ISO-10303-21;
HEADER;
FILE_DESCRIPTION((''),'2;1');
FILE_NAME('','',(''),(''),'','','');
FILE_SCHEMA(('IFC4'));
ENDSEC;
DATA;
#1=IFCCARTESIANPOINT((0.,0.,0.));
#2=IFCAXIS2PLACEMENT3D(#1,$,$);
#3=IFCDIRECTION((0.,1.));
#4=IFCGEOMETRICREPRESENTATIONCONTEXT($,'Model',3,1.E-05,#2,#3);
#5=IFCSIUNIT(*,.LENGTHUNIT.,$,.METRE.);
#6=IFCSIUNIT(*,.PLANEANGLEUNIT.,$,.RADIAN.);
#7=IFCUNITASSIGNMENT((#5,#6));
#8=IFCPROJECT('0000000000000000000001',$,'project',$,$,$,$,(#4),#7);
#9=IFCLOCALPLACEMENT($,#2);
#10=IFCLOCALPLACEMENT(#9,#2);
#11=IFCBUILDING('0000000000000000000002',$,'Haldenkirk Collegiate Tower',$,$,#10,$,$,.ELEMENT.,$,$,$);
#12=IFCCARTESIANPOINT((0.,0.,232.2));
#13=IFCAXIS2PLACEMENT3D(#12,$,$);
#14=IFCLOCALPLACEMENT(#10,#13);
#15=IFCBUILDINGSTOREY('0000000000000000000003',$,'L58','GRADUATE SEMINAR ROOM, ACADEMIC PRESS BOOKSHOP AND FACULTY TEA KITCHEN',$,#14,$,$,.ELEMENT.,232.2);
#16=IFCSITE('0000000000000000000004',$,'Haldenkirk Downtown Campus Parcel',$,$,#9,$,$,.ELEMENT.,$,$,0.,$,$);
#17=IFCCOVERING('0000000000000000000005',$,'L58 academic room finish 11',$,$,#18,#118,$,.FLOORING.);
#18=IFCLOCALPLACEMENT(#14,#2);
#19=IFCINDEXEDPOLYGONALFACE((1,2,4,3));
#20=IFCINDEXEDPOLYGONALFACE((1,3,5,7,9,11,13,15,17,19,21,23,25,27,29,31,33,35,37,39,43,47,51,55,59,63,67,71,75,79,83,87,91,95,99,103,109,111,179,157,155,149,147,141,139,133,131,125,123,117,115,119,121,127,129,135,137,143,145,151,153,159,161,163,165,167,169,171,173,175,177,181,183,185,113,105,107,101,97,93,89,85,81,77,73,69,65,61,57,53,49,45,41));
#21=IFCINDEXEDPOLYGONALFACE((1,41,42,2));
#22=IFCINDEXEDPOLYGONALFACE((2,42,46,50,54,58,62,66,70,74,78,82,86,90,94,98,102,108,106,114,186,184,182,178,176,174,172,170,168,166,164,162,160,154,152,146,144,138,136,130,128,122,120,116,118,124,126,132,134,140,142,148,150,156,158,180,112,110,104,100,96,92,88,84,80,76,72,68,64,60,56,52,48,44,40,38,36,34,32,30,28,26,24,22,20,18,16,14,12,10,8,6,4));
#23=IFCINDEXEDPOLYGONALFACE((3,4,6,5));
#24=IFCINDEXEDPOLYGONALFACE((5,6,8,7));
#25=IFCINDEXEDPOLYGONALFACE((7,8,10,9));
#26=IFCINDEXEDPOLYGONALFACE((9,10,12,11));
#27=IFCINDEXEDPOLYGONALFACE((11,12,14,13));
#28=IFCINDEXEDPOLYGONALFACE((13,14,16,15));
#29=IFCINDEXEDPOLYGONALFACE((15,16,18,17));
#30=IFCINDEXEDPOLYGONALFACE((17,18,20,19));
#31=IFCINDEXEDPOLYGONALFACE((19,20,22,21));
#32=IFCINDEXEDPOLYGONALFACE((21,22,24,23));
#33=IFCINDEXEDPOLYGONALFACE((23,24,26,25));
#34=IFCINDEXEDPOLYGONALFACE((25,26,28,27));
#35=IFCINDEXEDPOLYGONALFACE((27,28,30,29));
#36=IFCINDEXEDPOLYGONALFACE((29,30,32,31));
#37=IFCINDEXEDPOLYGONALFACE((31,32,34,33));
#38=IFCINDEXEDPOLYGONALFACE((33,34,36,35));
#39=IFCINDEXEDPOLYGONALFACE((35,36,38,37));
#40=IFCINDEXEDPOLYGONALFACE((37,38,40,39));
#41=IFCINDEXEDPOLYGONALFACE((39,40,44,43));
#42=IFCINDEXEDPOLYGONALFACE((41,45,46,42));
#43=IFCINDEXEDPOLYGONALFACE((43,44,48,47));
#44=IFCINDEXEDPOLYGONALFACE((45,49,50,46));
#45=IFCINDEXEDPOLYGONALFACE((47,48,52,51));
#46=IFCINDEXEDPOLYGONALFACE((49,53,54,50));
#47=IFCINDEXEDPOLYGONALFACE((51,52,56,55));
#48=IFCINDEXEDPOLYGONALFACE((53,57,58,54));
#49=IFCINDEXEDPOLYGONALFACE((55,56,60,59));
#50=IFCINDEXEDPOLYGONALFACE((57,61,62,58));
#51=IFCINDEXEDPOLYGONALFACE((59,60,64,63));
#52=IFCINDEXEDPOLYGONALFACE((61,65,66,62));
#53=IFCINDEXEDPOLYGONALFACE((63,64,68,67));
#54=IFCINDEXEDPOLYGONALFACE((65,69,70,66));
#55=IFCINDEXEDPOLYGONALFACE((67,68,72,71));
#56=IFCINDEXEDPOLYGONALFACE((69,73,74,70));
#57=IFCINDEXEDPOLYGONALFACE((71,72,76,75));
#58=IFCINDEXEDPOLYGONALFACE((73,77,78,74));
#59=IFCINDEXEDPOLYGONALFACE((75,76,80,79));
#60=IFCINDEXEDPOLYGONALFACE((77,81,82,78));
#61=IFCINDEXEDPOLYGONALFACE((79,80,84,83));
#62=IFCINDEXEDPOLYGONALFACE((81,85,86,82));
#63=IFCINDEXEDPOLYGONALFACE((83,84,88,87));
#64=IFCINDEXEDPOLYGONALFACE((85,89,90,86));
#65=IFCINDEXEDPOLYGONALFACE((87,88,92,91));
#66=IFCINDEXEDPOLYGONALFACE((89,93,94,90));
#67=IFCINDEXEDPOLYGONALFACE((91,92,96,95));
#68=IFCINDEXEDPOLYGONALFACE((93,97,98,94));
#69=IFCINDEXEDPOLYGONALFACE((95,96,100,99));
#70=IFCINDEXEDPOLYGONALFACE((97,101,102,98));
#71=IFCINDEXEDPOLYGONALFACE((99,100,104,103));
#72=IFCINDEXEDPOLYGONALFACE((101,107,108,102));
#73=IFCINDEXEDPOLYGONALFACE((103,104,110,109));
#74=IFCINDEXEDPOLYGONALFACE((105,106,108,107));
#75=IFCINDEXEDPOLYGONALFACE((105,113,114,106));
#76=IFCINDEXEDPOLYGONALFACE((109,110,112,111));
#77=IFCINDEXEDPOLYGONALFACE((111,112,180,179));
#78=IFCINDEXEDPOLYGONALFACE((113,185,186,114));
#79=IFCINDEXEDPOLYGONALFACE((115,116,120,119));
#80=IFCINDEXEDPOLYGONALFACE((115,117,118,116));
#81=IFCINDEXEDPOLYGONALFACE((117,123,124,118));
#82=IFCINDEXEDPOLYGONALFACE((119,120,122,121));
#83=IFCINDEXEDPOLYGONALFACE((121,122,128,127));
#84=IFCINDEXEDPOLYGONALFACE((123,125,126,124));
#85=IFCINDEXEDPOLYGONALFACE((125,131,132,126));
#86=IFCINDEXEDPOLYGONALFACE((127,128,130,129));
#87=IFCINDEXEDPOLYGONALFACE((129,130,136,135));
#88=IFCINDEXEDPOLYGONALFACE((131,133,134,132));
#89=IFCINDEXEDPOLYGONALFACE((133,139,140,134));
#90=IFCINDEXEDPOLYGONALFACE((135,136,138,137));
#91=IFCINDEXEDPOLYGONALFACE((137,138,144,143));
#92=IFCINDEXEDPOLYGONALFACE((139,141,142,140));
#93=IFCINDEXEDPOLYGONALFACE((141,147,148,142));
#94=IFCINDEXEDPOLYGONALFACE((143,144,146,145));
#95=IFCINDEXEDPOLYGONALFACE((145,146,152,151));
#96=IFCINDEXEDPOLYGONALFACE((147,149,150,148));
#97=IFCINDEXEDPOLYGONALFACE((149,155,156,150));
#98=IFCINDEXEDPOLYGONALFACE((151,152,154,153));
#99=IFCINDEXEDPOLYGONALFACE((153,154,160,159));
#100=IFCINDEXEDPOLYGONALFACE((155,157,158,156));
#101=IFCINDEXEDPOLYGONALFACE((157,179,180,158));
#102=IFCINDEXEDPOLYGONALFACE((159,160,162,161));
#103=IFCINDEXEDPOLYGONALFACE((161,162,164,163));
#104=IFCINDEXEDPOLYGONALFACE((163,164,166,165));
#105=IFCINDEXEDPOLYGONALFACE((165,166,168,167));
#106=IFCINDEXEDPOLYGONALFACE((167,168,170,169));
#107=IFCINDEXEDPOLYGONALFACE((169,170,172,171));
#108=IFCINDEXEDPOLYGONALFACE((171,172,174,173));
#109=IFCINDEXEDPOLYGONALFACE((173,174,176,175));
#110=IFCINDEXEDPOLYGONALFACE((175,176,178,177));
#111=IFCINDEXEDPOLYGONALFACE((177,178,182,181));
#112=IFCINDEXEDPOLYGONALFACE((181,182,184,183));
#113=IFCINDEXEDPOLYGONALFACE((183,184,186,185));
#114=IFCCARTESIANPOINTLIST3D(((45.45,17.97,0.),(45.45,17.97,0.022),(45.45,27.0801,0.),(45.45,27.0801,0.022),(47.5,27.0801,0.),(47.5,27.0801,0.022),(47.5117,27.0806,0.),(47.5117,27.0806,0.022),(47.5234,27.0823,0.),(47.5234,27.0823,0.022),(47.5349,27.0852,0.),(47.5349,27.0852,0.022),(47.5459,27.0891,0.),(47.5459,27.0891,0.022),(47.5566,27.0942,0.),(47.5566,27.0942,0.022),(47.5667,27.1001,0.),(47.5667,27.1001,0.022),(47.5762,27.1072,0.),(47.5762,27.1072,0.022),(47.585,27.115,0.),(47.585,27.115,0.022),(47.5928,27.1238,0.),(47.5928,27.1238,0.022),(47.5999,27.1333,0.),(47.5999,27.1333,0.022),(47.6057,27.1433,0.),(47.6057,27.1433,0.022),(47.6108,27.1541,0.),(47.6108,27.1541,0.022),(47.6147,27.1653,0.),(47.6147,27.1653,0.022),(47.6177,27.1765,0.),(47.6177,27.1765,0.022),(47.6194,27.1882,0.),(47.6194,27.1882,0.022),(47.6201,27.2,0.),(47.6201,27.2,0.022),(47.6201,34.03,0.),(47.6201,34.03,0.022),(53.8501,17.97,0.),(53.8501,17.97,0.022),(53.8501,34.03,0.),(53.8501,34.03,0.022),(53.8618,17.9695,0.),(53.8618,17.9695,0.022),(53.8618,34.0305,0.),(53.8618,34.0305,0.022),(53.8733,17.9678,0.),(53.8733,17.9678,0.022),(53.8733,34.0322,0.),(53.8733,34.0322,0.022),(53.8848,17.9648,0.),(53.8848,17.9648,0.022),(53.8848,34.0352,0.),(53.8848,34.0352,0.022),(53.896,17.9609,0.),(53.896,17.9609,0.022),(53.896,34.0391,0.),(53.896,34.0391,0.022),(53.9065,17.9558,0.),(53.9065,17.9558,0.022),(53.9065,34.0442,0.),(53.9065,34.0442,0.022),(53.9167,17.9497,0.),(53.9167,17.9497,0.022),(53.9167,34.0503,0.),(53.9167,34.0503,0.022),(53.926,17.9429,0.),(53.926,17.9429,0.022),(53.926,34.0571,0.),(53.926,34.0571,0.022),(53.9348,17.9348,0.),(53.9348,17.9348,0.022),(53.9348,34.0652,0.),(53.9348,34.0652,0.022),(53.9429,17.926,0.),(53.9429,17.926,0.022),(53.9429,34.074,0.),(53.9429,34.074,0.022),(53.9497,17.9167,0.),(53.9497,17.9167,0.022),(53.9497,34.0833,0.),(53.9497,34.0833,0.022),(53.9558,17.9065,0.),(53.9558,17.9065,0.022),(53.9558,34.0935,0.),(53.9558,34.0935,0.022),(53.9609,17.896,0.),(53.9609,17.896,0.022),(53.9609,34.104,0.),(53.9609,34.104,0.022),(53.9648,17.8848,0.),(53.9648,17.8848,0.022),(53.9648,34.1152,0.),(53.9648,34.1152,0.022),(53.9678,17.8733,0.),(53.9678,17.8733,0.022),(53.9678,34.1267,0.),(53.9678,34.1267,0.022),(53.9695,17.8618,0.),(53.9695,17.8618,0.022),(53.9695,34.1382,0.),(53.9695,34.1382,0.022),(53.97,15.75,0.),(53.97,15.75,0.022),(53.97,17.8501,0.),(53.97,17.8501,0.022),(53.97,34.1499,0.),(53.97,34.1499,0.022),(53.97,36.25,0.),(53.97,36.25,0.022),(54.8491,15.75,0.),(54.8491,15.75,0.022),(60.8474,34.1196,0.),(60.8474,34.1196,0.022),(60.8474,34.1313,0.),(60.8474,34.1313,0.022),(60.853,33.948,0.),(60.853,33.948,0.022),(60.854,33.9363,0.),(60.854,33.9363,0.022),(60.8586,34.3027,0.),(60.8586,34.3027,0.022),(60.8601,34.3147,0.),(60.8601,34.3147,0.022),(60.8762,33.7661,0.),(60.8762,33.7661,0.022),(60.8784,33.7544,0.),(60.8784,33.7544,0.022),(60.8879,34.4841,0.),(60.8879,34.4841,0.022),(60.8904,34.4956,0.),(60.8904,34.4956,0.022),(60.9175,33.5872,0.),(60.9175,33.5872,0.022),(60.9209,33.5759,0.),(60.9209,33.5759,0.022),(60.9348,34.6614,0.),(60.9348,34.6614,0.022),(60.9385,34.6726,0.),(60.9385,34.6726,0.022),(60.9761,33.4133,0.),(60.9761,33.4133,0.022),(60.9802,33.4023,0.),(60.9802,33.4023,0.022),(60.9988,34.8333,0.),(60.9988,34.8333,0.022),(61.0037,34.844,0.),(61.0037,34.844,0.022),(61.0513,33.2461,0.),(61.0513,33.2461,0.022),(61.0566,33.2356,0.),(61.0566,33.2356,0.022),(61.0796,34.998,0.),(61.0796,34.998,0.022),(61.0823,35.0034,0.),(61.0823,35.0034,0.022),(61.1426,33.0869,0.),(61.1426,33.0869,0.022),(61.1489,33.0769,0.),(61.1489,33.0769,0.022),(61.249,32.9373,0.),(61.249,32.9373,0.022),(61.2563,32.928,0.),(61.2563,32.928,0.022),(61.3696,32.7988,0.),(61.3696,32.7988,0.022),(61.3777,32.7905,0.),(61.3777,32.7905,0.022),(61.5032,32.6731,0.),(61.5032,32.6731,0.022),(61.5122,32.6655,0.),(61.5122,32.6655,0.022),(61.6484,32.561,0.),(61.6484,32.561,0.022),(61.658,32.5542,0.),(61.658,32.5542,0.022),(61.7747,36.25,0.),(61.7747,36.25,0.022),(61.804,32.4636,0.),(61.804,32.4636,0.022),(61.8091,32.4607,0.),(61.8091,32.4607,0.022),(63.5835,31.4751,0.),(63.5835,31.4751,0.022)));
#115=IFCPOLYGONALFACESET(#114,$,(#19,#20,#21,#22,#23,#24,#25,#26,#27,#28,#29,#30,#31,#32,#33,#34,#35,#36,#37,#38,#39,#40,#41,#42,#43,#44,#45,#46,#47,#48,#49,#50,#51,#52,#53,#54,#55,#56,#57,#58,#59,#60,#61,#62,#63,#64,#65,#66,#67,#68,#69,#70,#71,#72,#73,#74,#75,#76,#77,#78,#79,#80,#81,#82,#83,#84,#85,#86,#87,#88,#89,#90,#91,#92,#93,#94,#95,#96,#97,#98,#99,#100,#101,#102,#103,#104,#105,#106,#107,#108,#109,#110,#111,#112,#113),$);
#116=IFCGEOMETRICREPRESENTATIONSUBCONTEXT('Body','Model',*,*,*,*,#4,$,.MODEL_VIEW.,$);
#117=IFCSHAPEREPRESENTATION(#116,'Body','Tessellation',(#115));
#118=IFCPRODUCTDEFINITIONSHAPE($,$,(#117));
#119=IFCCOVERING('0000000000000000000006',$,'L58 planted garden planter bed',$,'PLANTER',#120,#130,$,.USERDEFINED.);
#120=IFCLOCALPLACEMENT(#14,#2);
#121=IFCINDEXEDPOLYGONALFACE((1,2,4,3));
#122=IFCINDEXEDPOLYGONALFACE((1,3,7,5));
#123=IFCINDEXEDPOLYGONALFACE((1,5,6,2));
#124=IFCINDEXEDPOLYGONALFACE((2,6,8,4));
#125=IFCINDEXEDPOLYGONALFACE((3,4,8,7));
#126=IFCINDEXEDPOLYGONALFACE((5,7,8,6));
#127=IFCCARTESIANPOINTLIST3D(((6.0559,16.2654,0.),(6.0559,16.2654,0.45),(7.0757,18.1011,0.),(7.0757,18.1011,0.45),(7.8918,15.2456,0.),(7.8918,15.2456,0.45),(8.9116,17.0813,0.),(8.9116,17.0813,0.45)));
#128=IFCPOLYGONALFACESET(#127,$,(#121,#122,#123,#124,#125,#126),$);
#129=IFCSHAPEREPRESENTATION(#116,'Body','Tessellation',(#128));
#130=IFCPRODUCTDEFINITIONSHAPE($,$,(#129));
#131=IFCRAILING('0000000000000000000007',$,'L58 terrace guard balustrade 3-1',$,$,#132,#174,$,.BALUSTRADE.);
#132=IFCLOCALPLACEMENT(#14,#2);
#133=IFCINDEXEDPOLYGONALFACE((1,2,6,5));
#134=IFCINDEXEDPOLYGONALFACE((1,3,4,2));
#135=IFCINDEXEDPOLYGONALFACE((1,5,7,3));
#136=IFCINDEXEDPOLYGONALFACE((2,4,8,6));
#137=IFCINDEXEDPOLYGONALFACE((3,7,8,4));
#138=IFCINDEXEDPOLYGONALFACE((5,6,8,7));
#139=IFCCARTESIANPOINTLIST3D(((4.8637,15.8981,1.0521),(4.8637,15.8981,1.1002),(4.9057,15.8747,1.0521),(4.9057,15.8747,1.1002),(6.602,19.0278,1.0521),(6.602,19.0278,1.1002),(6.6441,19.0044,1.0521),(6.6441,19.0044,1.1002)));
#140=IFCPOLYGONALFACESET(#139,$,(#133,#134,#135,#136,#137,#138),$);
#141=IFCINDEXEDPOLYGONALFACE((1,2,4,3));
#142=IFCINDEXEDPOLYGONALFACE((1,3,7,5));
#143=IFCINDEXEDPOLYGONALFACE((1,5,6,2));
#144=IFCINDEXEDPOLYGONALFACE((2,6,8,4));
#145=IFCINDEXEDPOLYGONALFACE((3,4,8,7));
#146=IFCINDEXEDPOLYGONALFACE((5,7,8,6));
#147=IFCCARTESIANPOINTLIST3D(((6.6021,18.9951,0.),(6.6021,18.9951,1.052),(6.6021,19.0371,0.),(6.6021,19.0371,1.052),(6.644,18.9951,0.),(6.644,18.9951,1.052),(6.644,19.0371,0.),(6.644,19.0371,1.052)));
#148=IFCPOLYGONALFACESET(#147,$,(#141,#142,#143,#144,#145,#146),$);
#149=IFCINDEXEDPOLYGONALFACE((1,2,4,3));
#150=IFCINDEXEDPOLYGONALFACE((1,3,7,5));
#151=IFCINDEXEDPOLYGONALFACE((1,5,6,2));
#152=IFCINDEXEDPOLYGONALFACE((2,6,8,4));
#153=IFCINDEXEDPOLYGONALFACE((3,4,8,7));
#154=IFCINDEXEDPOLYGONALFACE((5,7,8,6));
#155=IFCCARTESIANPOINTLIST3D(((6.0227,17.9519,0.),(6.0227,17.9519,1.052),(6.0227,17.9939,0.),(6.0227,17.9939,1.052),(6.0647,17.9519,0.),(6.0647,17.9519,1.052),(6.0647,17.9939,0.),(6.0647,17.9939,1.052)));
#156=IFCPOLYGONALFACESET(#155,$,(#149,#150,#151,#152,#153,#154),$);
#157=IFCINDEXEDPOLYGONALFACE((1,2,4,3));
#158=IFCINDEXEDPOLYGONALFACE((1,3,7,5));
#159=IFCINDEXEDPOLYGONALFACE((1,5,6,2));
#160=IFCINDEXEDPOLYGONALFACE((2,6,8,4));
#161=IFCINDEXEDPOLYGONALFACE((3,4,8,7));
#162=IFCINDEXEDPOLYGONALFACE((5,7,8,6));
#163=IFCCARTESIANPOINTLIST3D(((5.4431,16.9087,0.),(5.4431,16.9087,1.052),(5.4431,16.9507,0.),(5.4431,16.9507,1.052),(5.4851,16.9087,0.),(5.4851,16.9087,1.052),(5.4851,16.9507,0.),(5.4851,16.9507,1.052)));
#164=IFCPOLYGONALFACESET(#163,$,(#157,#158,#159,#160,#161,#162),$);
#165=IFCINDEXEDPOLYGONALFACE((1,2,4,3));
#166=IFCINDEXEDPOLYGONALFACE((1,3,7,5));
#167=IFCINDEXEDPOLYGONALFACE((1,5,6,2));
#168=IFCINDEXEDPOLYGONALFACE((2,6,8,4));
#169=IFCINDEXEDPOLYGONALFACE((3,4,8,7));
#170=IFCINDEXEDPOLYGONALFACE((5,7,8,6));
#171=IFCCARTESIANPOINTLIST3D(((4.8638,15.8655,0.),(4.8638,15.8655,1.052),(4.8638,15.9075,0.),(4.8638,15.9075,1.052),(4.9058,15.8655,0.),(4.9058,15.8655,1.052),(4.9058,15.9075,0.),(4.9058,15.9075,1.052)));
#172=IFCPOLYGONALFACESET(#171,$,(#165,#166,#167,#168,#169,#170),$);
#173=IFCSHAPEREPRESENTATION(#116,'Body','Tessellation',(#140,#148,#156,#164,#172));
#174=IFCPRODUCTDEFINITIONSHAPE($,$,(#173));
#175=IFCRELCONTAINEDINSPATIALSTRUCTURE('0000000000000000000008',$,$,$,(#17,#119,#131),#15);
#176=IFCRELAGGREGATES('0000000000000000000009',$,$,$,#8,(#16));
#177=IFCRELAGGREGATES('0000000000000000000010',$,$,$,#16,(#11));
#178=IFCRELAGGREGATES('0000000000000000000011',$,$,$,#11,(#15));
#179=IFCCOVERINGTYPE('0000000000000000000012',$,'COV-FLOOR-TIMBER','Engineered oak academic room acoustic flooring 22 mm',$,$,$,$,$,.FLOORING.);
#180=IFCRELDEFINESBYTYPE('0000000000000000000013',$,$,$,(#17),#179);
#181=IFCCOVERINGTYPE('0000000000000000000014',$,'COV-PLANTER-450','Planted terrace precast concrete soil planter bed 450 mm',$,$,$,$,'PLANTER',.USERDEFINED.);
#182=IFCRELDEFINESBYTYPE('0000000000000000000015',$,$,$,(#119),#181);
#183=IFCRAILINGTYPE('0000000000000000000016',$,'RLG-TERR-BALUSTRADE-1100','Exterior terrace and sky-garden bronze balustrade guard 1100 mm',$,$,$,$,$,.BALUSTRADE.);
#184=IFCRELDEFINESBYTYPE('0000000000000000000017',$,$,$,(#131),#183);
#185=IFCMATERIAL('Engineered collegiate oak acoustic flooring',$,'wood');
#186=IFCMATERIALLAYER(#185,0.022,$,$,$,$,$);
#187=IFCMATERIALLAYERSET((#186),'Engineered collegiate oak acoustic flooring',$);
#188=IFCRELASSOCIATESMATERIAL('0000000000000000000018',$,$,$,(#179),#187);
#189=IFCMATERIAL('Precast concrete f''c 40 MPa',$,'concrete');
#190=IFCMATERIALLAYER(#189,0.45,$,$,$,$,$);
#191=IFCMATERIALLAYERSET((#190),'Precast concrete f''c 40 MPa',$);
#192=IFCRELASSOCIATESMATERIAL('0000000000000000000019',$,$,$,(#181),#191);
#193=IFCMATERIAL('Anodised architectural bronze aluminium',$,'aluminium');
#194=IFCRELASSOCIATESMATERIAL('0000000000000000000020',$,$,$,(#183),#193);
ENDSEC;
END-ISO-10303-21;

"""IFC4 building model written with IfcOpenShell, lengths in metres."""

from ifc_helpers import new_model, si_unit, direction, frame, origin, origin_2d, place, context, subcontext, project, spatial, polyline, rectangle, outline, extrude, material, layer, layer_set, type_object, element, save


model = new_model("IFC4")

# Units and contexts
model_context = context("Model", 3, precision=1e-05, world=origin(), true_north=direction((0.0, 1.0)))
body_context = subcontext(model_context, "Body", "Model", "MODEL_VIEW")
ifc_project = project(units=[si_unit("LENGTHUNIT", "METRE"), si_unit("PLANEANGLEUNIT", "RADIAN")], contexts=[model_context])

# Site, building, storey
site_placement = place(None, origin())
site = spatial("IfcSite", under=ifc_project, at=site_placement, Name="Haldenkirk Downtown Campus Parcel", CompositionType="ELEMENT", RefElevation=0.0)
building_placement = place(site_placement, origin())
building = spatial("IfcBuilding", under=site, at=building_placement, Name="Haldenkirk Collegiate Tower", CompositionType="ELEMENT")
storey_placement = place(building_placement, frame((0.0, 0.0, 232.2)))
storey = spatial("IfcBuildingStorey", under=building, at=storey_placement, Name="L58", Description="GRADUATE SEMINAR ROOM, ACADEMIC PRESS BOOKSHOP AND FACULTY TEA KITCHEN", CompositionType="ELEMENT", Elevation=232.2)

# Shared definitions
ifc_material_1 = material(Name="Anodised architectural bronze aluminium", Category="aluminium")

# Shared definitions
ifc_material_2 = material(Name="Precast concrete f'c 40 MPa", Category="concrete")

# Coverings
ifc_material_3 = material(Name="Engineered collegiate oak acoustic flooring", Category="wood")
ifc_layer_1 = layer(ifc_material_3, 0.022)
ifc_layer_set_1 = layer_set([ifc_layer_1], Name="Engineered collegiate oak acoustic flooring")
covering_type_1 = type_object("IfcCoveringType", Name="COV-FLOOR-TIMBER", Description="Engineered oak academic room acoustic flooring 22 mm", PredefinedType="FLOORING", material=ifc_layer_set_1)
covering_1_placement = place(storey_placement, origin())
element("IfcCovering", 1, at=covering_1_placement, inside=storey, type_object=covering_type_1, Name="L58 academic room finish 11", PredefinedType="FLOORING", context=body_context, shape_type="SweptSolid", body=[
    extrude(outline(polyline([(45.45, 17.97), (45.45, 27.0801), (47.5, 27.0801), (47.5117, 27.0806), (47.5234, 27.0823), (47.5349, 27.0852), (47.5459, 27.0891), (47.5566, 27.0942), (47.5667, 27.1001), (47.5762, 27.1072), (47.585, 27.115), (47.5928, 27.1238), (47.5999, 27.1333), (47.6057, 27.1433), (47.6108, 27.1541), (47.6147, 27.1653), (47.6177, 27.1765), (47.6194, 27.1882), (47.6201, 27.2), (47.6201, 34.03), (53.8501, 34.03), (53.8618, 34.0305), (53.8733, 34.0322), (53.8848, 34.0352), (53.896, 34.0391), (53.9065, 34.0442), (53.9167, 34.0503), (53.926, 34.0571), (53.9348, 34.0652), (53.9429, 34.074), (53.9497, 34.0833), (53.9558, 34.0935), (53.9609, 34.104), (53.9648, 34.1152), (53.9678, 34.1267), (53.9695, 34.1382), (53.97, 34.1499), (53.97, 36.25), (61.7747, 36.25), (61.0823, 35.0034), (61.0796, 34.998), (61.0037, 34.844), (60.9988, 34.8333), (60.9385, 34.6726), (60.9348, 34.6614), (60.8904, 34.4956), (60.8879, 34.4841), (60.8601, 34.3147), (60.8586, 34.3027), (60.8474, 34.1313), (60.8474, 34.1196), (60.853, 33.948), (60.854, 33.9363), (60.8762, 33.7661), (60.8784, 33.7544), (60.9175, 33.5872), (60.9209, 33.5759), (60.9761, 33.4133), (60.9802, 33.4023), (61.0513, 33.2461), (61.0566, 33.2356), (61.1426, 33.0869), (61.1489, 33.0769), (61.249, 32.9373), (61.2563, 32.928), (61.3696, 32.7988), (61.3777, 32.7905), (61.5032, 32.6731), (61.5122, 32.6655), (61.6484, 32.561), (61.658, 32.5542), (61.804, 32.4636), (61.8091, 32.4607), (63.5835, 31.4751), (54.8491, 15.75), (53.97, 15.75), (53.97, 17.8501), (53.9695, 17.8618), (53.9678, 17.8733), (53.9648, 17.8848), (53.9609, 17.896), (53.9558, 17.9065), (53.9497, 17.9167), (53.9429, 17.926), (53.9348, 17.9348), (53.926, 17.9429), (53.9167, 17.9497), (53.9065, 17.9558), (53.896, 17.9609), (53.8848, 17.9648), (53.8733, 17.9678), (53.8618, 17.9695), (53.8501, 17.97), (45.45, 17.97)])), origin(), (0.0, 0.0, 1.0), 0.022),
])
ifc_layer_2 = layer(ifc_material_2, 0.45)
ifc_layer_set_2 = layer_set([ifc_layer_2], Name="Precast concrete f'c 40 MPa")
covering_type_2 = type_object("IfcCoveringType", Name="COV-PLANTER-450", Description="Planted terrace precast concrete soil planter bed 450 mm", ElementType="PLANTER", PredefinedType="USERDEFINED", material=ifc_layer_set_2)
covering_2_placement = place(storey_placement, origin())
element("IfcCovering", 2, at=covering_2_placement, inside=storey, type_object=covering_type_2, Name="L58 planted garden planter bed", ObjectType="PLANTER", PredefinedType="USERDEFINED", context=body_context, shape_type="SweptSolid", body=[
    extrude(outline(polyline([(7.8918, 15.2456), (6.0559, 16.2654), (7.0757, 18.1011), (8.9116, 17.0813), (7.8918, 15.2456)])), origin(), (0.0, 0.0, 1.0), 0.45),
])

# Railing
railing_type = type_object("IfcRailingType", Name="RLG-TERR-BALUSTRADE-1100", Description="Exterior terrace and sky-garden bronze balustrade guard 1100 mm", PredefinedType="BALUSTRADE", material=ifc_material_1)
railing_1_placement = place(storey_placement, frame((6.623, 19.0161, 0.0)))
element("IfcRailing", 3, at=railing_1_placement, inside=storey, type_object=railing_type, Name="L58 terrace guard balustrade 3-1", PredefinedType="BALUSTRADE", context=body_context, shape_type="SweptSolid", body=[
    extrude(rectangle(XDim=0.0481, YDim=0.0481, at=origin_2d()), frame((0.0, 0.0, 1.0762), z_axis=(-0.485556, -0.874206, 0.0), x_axis=(0.874206, -0.485556, 0.0)), (0.0, 0.0, 1.0), 3.5801),
    extrude(rectangle(XDim=0.042, YDim=0.042, at=origin_2d()), origin(), (0.0, 0.0, 1.0), 1.052),
    extrude(rectangle(XDim=0.042, YDim=0.042, at=origin_2d()), frame((-0.5793, -1.0432, 0.0)), (0.0, 0.0, 1.0), 1.052),
    extrude(rectangle(XDim=0.042, YDim=0.042, at=origin_2d()), frame((-1.1589, -2.0864, 0.0)), (0.0, 0.0, 1.0), 1.052),
    extrude(rectangle(XDim=0.042, YDim=0.042, at=origin_2d()), frame((-1.7383, -3.1296, 0.0)), (0.0, 0.0, 1.0), 1.052),
])

save(model, "model.ifc")
